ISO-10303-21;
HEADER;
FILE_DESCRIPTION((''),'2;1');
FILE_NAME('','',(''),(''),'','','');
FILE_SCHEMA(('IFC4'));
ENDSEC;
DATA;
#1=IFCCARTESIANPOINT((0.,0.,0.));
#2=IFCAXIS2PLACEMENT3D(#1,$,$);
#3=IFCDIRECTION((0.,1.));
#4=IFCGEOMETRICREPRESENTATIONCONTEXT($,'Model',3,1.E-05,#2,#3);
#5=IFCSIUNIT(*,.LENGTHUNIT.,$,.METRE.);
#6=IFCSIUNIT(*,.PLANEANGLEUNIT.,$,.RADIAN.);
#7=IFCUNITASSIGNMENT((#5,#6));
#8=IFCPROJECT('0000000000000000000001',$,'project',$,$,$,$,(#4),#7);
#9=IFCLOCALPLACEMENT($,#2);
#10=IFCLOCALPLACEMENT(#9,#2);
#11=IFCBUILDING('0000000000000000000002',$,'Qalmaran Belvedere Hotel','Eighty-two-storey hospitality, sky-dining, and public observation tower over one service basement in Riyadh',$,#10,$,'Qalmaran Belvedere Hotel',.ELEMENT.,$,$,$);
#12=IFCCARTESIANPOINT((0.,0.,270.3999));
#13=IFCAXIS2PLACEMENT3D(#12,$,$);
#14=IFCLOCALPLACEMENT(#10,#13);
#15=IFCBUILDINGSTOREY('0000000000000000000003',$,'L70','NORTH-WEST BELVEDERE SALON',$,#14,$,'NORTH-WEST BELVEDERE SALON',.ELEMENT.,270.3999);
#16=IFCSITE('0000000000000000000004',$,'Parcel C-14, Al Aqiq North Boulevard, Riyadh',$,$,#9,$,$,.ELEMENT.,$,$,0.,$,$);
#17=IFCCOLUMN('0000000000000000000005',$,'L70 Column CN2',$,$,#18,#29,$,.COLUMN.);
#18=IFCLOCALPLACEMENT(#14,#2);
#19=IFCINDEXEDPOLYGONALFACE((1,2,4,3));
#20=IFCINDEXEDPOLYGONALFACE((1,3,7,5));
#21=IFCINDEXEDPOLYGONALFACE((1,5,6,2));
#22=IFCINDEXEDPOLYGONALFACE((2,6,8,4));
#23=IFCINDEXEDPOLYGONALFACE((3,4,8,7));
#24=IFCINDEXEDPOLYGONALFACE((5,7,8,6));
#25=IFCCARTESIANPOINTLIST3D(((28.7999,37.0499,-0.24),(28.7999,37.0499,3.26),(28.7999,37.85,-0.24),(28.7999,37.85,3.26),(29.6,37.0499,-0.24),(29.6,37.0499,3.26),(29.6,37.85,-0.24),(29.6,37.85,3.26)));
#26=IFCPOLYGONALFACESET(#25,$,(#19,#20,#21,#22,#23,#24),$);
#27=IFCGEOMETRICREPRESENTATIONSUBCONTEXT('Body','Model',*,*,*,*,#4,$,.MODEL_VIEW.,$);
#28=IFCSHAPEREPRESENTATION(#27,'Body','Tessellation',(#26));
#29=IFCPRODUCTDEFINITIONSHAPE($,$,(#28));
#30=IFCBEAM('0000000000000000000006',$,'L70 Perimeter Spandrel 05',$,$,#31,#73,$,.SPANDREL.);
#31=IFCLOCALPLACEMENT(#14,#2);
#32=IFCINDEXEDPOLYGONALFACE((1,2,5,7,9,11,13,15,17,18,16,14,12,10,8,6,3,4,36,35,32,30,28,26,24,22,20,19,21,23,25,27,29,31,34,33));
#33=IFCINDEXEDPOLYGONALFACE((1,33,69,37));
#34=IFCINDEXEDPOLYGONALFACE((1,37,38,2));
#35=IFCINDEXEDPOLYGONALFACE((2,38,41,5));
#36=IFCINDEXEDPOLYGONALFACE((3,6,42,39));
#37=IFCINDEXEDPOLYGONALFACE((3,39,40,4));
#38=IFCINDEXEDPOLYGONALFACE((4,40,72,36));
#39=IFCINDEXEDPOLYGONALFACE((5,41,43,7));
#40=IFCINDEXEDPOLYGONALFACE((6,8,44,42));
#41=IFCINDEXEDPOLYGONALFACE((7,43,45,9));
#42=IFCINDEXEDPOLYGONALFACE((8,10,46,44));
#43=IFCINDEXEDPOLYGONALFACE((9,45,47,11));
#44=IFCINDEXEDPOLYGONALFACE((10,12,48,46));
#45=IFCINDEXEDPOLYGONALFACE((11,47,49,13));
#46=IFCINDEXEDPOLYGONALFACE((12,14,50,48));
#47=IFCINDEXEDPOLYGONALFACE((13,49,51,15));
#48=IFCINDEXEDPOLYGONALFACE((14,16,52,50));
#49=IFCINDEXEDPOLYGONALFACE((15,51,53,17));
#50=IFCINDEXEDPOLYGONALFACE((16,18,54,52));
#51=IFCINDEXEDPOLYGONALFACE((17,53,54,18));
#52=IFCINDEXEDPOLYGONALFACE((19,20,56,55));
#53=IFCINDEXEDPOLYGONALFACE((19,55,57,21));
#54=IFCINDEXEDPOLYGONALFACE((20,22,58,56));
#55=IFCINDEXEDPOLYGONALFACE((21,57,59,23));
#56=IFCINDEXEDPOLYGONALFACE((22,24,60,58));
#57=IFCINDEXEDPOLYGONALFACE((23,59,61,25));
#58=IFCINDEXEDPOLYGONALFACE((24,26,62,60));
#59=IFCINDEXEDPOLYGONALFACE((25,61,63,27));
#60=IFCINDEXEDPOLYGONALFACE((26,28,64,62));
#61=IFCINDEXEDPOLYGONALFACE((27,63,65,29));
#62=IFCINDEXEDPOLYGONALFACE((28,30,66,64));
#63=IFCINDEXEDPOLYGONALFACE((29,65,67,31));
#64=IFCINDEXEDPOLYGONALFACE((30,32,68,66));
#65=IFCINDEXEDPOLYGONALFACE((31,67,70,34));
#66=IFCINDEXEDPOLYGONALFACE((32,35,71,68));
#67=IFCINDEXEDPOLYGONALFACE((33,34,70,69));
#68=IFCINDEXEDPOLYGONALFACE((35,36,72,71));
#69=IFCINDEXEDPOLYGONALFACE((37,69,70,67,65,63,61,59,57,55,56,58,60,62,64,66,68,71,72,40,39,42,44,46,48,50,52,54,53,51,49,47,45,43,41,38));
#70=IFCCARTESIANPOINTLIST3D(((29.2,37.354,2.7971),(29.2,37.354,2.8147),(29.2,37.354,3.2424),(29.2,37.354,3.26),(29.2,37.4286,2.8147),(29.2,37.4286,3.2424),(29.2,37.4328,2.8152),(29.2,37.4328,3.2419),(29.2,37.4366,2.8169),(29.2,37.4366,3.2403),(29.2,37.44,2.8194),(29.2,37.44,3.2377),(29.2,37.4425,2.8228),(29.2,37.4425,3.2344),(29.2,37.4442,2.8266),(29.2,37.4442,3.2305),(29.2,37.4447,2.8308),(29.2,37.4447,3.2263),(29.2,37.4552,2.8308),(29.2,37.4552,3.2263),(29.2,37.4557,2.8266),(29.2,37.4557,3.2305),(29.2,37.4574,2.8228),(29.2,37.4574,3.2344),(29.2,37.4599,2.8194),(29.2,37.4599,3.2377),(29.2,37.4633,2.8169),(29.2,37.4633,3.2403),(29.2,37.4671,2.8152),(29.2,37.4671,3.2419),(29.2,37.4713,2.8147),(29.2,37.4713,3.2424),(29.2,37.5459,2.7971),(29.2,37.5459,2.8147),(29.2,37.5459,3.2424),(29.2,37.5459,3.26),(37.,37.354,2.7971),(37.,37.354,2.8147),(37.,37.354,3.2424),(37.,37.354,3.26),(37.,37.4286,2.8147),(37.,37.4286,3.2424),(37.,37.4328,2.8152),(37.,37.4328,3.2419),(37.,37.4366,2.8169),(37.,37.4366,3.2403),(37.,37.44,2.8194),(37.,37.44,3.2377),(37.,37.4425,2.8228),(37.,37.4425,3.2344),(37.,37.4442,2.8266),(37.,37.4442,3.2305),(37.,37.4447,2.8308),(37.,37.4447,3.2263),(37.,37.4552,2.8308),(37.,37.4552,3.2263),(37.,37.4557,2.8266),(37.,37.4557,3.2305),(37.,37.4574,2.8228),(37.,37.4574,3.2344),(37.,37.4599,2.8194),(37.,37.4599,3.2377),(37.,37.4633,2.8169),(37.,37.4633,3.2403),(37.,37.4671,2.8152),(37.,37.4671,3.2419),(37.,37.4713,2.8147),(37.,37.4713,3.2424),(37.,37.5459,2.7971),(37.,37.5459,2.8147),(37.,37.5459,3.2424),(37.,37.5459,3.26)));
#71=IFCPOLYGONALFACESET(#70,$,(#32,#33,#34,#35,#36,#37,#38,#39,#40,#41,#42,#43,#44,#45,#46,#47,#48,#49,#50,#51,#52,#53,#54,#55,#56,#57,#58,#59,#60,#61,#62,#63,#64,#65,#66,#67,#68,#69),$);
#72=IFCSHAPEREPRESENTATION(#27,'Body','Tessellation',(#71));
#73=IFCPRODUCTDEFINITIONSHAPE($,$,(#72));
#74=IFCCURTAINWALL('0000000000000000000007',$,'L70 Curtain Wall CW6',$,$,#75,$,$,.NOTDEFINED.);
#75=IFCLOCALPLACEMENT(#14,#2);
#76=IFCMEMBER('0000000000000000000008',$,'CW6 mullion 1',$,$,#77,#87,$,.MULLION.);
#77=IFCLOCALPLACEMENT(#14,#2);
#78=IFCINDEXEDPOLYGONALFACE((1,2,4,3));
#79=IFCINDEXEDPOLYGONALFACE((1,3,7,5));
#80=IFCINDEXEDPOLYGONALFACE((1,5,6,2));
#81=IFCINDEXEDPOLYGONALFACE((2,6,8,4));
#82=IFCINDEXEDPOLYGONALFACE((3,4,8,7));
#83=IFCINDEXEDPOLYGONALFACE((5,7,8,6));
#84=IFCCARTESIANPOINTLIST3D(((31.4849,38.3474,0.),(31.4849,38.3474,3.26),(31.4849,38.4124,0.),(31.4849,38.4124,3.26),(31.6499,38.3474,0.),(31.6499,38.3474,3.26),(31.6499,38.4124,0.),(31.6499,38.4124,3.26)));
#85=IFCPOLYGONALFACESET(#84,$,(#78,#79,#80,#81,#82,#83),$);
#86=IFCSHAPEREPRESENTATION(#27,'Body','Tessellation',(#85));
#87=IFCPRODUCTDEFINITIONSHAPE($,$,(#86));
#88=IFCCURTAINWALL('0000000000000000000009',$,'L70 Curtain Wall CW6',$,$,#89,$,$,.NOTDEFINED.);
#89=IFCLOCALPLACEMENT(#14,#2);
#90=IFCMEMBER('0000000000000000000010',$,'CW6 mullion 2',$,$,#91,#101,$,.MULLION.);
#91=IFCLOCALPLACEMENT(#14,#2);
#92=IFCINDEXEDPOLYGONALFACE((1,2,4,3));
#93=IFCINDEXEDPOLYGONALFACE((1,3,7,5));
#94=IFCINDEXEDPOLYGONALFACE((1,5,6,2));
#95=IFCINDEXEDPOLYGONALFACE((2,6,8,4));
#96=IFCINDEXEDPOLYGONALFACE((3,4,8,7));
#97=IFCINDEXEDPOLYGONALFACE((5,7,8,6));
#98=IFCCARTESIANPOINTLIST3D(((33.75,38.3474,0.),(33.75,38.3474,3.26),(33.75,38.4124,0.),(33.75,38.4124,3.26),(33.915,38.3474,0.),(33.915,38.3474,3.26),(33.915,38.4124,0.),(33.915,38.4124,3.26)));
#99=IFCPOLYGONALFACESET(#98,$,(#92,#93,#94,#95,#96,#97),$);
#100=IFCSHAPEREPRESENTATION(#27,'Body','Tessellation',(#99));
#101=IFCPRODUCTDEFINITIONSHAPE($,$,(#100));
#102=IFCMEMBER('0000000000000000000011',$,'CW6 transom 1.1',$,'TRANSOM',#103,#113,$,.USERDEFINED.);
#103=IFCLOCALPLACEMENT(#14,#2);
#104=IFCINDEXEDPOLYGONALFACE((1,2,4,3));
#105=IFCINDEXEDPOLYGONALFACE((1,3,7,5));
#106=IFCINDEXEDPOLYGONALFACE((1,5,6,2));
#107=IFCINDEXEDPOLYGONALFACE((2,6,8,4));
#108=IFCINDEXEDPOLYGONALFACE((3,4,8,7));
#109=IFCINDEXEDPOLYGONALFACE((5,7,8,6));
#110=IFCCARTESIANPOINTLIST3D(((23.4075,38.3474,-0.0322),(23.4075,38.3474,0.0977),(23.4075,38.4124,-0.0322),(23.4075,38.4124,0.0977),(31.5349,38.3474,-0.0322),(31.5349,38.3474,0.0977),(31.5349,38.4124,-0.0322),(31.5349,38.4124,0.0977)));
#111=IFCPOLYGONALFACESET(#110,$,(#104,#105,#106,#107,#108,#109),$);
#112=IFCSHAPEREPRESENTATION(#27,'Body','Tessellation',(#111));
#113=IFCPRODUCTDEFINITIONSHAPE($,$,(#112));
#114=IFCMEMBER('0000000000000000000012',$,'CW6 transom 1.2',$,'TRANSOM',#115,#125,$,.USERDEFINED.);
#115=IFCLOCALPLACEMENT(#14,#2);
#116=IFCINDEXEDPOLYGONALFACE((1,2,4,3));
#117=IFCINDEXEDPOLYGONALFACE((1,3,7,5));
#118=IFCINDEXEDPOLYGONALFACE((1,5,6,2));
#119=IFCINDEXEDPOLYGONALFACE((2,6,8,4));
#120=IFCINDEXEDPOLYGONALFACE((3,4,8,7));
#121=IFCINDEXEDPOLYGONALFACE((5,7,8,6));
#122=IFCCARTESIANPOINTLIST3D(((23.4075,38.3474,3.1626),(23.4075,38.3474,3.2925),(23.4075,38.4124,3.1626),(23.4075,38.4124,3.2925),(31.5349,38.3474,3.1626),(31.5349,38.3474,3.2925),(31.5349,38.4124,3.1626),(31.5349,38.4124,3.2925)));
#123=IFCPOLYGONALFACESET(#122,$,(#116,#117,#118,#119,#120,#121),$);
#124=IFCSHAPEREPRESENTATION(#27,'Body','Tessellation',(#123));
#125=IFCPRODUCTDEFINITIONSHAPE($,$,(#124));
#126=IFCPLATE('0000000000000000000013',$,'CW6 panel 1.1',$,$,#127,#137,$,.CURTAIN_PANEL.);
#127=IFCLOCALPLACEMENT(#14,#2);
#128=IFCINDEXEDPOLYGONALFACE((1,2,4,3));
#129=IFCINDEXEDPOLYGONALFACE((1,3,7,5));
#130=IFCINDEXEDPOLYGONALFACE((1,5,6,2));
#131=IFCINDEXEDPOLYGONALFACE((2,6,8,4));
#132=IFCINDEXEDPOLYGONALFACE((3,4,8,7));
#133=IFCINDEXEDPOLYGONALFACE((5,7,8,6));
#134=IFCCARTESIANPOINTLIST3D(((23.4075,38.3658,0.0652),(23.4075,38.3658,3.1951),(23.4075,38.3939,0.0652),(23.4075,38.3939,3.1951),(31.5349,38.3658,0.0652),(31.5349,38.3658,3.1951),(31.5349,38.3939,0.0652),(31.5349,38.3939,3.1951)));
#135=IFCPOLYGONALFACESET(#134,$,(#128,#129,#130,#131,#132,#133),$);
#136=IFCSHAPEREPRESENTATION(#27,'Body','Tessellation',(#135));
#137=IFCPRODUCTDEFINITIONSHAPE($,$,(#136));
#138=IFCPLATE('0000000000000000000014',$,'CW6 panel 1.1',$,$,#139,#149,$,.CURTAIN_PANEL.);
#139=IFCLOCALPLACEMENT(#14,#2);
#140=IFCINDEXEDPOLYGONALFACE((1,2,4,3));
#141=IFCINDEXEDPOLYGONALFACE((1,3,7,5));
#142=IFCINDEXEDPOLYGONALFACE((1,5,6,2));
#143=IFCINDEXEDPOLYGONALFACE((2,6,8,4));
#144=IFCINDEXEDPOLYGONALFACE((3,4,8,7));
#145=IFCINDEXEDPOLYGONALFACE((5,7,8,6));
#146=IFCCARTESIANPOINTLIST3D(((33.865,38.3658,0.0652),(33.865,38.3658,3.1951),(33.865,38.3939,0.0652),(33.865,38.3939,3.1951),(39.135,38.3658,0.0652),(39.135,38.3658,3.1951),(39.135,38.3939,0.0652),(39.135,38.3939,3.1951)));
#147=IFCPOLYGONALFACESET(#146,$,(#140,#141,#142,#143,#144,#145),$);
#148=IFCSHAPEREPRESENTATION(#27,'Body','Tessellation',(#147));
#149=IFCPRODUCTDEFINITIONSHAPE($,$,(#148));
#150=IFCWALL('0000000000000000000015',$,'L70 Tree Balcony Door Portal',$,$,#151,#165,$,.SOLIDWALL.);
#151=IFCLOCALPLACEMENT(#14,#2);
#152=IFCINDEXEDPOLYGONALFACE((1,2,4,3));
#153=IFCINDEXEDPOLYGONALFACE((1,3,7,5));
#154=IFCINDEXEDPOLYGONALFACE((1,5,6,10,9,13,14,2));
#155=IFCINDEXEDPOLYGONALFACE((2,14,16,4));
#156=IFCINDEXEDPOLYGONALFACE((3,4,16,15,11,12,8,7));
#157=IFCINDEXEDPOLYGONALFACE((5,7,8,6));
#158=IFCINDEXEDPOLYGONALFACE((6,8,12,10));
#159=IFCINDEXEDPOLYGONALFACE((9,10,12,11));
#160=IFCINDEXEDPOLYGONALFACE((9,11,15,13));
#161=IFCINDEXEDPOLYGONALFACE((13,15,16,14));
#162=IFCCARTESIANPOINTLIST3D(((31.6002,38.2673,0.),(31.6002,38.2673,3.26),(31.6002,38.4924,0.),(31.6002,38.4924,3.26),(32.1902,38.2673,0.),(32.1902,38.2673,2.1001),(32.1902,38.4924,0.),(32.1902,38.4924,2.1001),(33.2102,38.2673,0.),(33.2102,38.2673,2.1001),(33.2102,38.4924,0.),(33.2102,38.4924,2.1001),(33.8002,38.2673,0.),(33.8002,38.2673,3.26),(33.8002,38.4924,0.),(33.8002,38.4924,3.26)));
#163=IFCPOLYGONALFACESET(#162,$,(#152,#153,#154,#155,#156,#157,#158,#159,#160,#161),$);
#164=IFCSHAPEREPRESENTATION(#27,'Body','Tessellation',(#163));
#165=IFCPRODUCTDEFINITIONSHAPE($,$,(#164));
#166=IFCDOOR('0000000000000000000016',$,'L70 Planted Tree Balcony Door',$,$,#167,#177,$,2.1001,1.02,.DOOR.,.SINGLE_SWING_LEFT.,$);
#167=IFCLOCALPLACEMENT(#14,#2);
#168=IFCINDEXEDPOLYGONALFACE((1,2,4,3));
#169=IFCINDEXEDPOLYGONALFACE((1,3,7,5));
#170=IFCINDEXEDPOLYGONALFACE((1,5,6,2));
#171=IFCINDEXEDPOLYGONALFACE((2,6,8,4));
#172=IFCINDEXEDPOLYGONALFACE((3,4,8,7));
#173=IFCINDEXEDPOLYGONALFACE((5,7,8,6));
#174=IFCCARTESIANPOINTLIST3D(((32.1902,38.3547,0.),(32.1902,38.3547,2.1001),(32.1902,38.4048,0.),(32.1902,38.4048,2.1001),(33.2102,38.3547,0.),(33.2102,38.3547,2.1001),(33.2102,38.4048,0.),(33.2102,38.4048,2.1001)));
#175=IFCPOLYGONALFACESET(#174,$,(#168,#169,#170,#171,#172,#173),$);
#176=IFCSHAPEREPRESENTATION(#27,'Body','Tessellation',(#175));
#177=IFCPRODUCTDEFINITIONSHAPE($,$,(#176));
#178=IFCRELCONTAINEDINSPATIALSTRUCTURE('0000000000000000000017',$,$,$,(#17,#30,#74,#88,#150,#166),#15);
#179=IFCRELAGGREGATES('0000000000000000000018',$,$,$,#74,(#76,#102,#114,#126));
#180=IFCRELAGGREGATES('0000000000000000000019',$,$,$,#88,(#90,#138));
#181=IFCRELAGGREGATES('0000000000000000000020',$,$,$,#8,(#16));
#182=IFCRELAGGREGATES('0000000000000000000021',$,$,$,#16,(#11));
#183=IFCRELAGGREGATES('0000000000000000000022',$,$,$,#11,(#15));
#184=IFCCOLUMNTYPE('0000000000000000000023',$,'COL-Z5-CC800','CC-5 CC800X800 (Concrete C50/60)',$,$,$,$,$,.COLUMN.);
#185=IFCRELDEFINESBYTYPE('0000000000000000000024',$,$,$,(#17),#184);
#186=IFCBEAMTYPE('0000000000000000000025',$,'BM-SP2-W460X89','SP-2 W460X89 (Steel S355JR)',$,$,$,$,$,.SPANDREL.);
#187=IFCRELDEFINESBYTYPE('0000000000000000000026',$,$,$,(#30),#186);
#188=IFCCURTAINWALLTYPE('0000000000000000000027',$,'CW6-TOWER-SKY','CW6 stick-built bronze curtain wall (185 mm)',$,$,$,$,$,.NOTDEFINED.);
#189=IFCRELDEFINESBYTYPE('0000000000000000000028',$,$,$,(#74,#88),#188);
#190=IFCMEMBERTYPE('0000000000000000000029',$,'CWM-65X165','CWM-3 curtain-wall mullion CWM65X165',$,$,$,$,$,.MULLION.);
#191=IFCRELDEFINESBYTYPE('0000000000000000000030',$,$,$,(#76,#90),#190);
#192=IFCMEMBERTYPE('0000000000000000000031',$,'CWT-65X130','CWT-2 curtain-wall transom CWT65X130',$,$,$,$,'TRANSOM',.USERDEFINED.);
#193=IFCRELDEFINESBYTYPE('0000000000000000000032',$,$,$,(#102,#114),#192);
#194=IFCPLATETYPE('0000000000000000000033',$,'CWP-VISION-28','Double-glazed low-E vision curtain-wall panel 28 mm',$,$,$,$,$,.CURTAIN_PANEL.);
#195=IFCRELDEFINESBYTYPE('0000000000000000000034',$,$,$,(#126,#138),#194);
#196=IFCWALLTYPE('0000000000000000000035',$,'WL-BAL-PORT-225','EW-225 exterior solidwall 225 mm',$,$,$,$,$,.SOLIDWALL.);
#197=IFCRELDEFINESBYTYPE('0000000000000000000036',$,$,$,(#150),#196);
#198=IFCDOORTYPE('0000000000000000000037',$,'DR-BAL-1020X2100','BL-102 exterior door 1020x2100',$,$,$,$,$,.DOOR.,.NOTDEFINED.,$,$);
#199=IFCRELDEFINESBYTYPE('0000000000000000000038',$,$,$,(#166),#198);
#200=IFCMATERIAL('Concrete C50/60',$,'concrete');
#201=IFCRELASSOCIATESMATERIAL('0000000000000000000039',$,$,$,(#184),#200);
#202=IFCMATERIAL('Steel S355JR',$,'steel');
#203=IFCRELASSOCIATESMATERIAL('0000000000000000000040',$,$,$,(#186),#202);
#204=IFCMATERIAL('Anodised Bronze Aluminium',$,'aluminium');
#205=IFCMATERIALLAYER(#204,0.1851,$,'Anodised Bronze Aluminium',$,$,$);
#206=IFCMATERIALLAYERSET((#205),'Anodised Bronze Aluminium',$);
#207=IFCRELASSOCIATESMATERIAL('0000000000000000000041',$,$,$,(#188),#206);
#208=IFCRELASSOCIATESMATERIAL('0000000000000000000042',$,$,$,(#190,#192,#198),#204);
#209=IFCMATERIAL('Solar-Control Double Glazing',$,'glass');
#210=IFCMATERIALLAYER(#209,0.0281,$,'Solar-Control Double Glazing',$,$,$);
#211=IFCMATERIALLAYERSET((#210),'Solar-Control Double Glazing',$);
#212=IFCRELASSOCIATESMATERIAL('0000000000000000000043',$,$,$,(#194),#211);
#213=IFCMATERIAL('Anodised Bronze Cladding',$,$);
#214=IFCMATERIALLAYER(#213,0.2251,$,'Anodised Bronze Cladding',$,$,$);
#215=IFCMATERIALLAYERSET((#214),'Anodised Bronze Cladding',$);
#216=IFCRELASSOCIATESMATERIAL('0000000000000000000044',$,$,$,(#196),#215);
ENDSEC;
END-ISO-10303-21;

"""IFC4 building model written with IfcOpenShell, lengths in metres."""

from ifc_helpers import new_model, si_unit, direction, frame, frame_2d, origin, origin_2d, place, context, subcontext, project, spatial, rectangle, i_section, extrude, material, layer, layer_set, material_profile, profile_set, type_object, element, fill, aggregate, save


model = new_model("IFC4")

# Units and contexts
model_context = context("Model", 3, precision=1e-05, world=origin(), true_north=direction((0.0, 1.0)))
body_context = subcontext(model_context, "Body", "Model", "MODEL_VIEW")
ifc_project = project(units=[si_unit("LENGTHUNIT", "METRE"), si_unit("PLANEANGLEUNIT", "RADIAN")], contexts=[model_context])

# Site, building, storey
site_placement = place(None, origin())
site = spatial("IfcSite", under=ifc_project, at=site_placement, Name="Parcel C-14, Al Aqiq North Boulevard, Riyadh", CompositionType="ELEMENT", RefElevation=0.0)
building_placement = place(site_placement, origin())
building = spatial("IfcBuilding", under=site, at=building_placement, Name="Qalmaran Belvedere Hotel", Description="Eighty-two-storey hospitality, sky-dining, and public observation tower over one service basement in Riyadh", LongName="Qalmaran Belvedere Hotel", CompositionType="ELEMENT")
storey_placement = place(building_placement, frame((0.0, 0.0, 270.3999)))
storey = spatial("IfcBuildingStorey", under=building, at=storey_placement, Name="L70", Description="NORTH-WEST BELVEDERE SALON", LongName="NORTH-WEST BELVEDERE SALON", CompositionType="ELEMENT", Elevation=270.3999)

# Column
ifc_material_1 = material(Name="Concrete C50/60", Category="concrete")
ifc_material_profile_1 = material_profile(ifc_material_1, rectangle(XDim=0.8, YDim=0.8, at=origin_2d()), Name="CC800X800")
ifc_profile_set_1 = profile_set([ifc_material_profile_1], Name="Concrete C50/60")
column_type = type_object("IfcColumnType", Name="COL-Z5-CC800", Description="CC-5 CC800X800 (Concrete C50/60)", PredefinedType="COLUMN", material=ifc_profile_set_1)
column_placement = place(storey_placement, frame((29.2, 37.45, -0.24), z_axis=(0.0, 0.0, 1.0), x_axis=(1.0, 0.0, 0.0)))
element("IfcColumn", 1, at=column_placement, inside=storey, type_object=column_type, Name="L70 Column CN2", PredefinedType="COLUMN", context=body_context, shape_type="SweptSolid", body=[
    extrude(rectangle(XDim=0.8, YDim=0.8, at=origin_2d()), origin(), (0.0, 0.0, 1.0), 3.5),
])

# Beam
ifc_material_2 = material(Name="Steel S355JR", Category="steel")
ifc_material_profile_2 = material_profile(ifc_material_2, i_section(OverallWidth=0.1919, OverallDepth=0.4629, WebThickness=0.0105, FlangeThickness=0.0176, FilletRadius=0.0161, at=origin_2d()), Name="W460X89")
ifc_profile_set_2 = profile_set([ifc_material_profile_2], Name="Steel S355JR")
beam_type = type_object("IfcBeamType", Name="BM-SP2-W460X89", Description="SP-2 W460X89 (Steel S355JR)", PredefinedType="SPANDREL", material=ifc_profile_set_2)
beam_placement = place(storey_placement, frame((29.2, 37.45, 3.0286), z_axis=(1.0, 0.0, 0.0), x_axis=(0.0, 1.0, 0.0)))
element("IfcBeam", 2, at=beam_placement, inside=storey, type_object=beam_type, Name="L70 Perimeter Spandrel 05", PredefinedType="SPANDREL", context=body_context, shape_type="SweptSolid", body=[
    extrude(i_section(OverallWidth=0.1919, OverallDepth=0.4629, WebThickness=0.0105, FlangeThickness=0.0176, FilletRadius=0.0161, at=origin_2d()), origin(), (0.0, 0.0, 1.0), 7.8),
])

# Curtain walls, members
ifc_material_3 = material(Name="Anodised Bronze Aluminium", Category="aluminium")
ifc_layer_1 = layer(ifc_material_3, 0.1851, Name="Anodised Bronze Aluminium")
ifc_layer_set_1 = layer_set([ifc_layer_1], Name="Anodised Bronze Aluminium")
curtain_wall_type = type_object("IfcCurtainWallType", Name="CW6-TOWER-SKY", Description="CW6 stick-built bronze curtain wall (185 mm)", PredefinedType="NOTDEFINED", material=ifc_layer_set_1)
curtain_wall_1_placement = place(storey_placement, origin())
curtain_wall_1 = element("IfcCurtainWall", 3, at=curtain_wall_1_placement, inside=storey, type_object=curtain_wall_type, Name="L70 Curtain Wall CW6", PredefinedType="NOTDEFINED")
ifc_material_profile_3 = material_profile(ifc_material_3, rectangle(XDim=0.0649, YDim=0.165, at=origin_2d()), Name="CWM65X165")
ifc_profile_set_3 = profile_set([ifc_material_profile_3], Name="Anodised Bronze Aluminium")
member_type_1 = type_object("IfcMemberType", Name="CWM-65X165", Description="CWM-3 curtain-wall mullion CWM65X165", PredefinedType="MULLION", material=ifc_profile_set_3)
member_1_placement = place(storey_placement, frame((31.5674, 38.3799, 0.0), z_axis=(0.0, 0.0, 1.0), x_axis=(0.0, -1.0, 0.0)))
member_1 = element("IfcMember", 4, at=member_1_placement, type_object=member_type_1, Name="CW6 mullion 1", PredefinedType="MULLION", context=body_context, shape_type="SweptSolid", body=[
    extrude(rectangle(XDim=0.0649, YDim=0.165, at=origin_2d()), origin(), (0.0, 0.0, 1.0), 3.26),
])
curtain_wall_2_placement = place(storey_placement, origin())
curtain_wall_2 = element("IfcCurtainWall", 5, at=curtain_wall_2_placement, inside=storey, type_object=curtain_wall_type, Name="L70 Curtain Wall CW6", PredefinedType="NOTDEFINED")
member_2_placement = place(storey_placement, frame((33.8325, 38.3799, 0.0), z_axis=(0.0, 0.0, 1.0), x_axis=(0.0, -1.0, 0.0)))
member_2 = element("IfcMember", 6, at=member_2_placement, type_object=member_type_1, Name="CW6 mullion 2", PredefinedType="MULLION", context=body_context, shape_type="SweptSolid", body=[
    extrude(rectangle(XDim=0.0649, YDim=0.165, at=origin_2d()), origin(), (0.0, 0.0, 1.0), 3.26),
])

# Members
ifc_material_profile_4 = material_profile(ifc_material_3, rectangle(XDim=0.0649, YDim=0.1299, at=origin_2d()), Name="CWT65X130")
ifc_profile_set_4 = profile_set([ifc_material_profile_4], Name="Anodised Bronze Aluminium")
member_type_2 = type_object("IfcMemberType", Name="CWT-65X130", Description="CWT-2 curtain-wall transom CWT65X130", ElementType="TRANSOM", PredefinedType="USERDEFINED", material=ifc_profile_set_4)
member_3_placement = place(storey_placement, frame((31.5349, 38.3799, 0.0327), z_axis=(-1.0, 0.0, 0.0), x_axis=(0.0, -1.0, 0.0)))
member_3 = element("IfcMember", 7, at=member_3_placement, type_object=member_type_2, Name="CW6 transom 1.1", ObjectType="TRANSOM", PredefinedType="USERDEFINED", context=body_context, shape_type="SweptSolid", body=[
    extrude(rectangle(XDim=0.0649, YDim=0.1299, at=origin_2d()), origin(), (0.0, 0.0, 1.0), 8.1274),
])
member_4_placement = place(storey_placement, frame((31.5349, 38.3799, 3.2275), z_axis=(-1.0, 0.0, 0.0), x_axis=(0.0, -1.0, 0.0)))
member_4 = element("IfcMember", 8, at=member_4_placement, type_object=member_type_2, Name="CW6 transom 1.2", ObjectType="TRANSOM", PredefinedType="USERDEFINED", context=body_context, shape_type="SweptSolid", body=[
    extrude(rectangle(XDim=0.0649, YDim=0.1299, at=origin_2d()), origin(), (0.0, 0.0, 1.0), 8.1274),
])

# Plates
ifc_material_4 = material(Name="Solar-Control Double Glazing", Category="glass")
ifc_layer_2 = layer(ifc_material_4, 0.0281, Name="Solar-Control Double Glazing")
ifc_layer_set_2 = layer_set([ifc_layer_2], Name="Solar-Control Double Glazing")
plate_type = type_object("IfcPlateType", Name="CWP-VISION-28", Description="Double-glazed low-E vision curtain-wall panel 28 mm", PredefinedType="CURTAIN_PANEL", material=ifc_layer_set_2)
plate_1_placement = place(storey_placement, frame((27.4712, 38.3799, 0.0652), z_axis=(0.0, 0.0, 1.0), x_axis=(-1.0, 0.0, 0.0)))
plate_1 = element("IfcPlate", 9, at=plate_1_placement, type_object=plate_type, Name="CW6 panel 1.1", PredefinedType="CURTAIN_PANEL", context=body_context, shape_type="SweptSolid", body=[
    extrude(rectangle(XDim=8.1274, YDim=0.0281, at=origin_2d()), origin(), (0.0, 0.0, 1.0), 3.1299),
])
aggregate(curtain_wall_1, [member_1, member_3, member_4, plate_1])
plate_2_placement = place(storey_placement, frame((36.5, 38.3799, 0.0652), z_axis=(0.0, 0.0, 1.0), x_axis=(-1.0, 0.0, 0.0)))
plate_2 = element("IfcPlate", 10, at=plate_2_placement, type_object=plate_type, Name="CW6 panel 1.1", PredefinedType="CURTAIN_PANEL", context=body_context, shape_type="SweptSolid", body=[
    extrude(rectangle(XDim=5.27, YDim=0.0281, at=origin_2d()), origin(), (0.0, 0.0, 1.0), 3.1299),
])
aggregate(curtain_wall_2, [member_2, plate_2])

# Wall, opening, door
ifc_material_5 = material(Name="Anodised Bronze Cladding")
ifc_layer_3 = layer(ifc_material_5, 0.2251, Name="Anodised Bronze Cladding")
ifc_layer_set_3 = layer_set([ifc_layer_3], Name="Anodised Bronze Cladding")
wall_type_1 = type_object("IfcWallType", Name="WL-BAL-PORT-225", Description="EW-225 exterior solidwall 225 mm", PredefinedType="SOLIDWALL", material=ifc_layer_set_3)
wall_1_placement = place(storey_placement, frame((31.6001, 38.3799, 0.0), z_axis=(0.0, 0.0, 1.0), x_axis=(1.0, 0.0, 0.0)))
wall_1 = element("IfcWall", 11, at=wall_1_placement, inside=storey, type_object=wall_type_1, Name="L70 Tree Balcony Door Portal", PredefinedType="SOLIDWALL", context=body_context, shape_type="SweptSolid", body=[
    extrude(rectangle(XDim=2.2, YDim=0.2251, at=frame_2d((1.1001, 0.0))), origin(), (0.0, 0.0, 1.0), 3.26),
])
opening_1_placement = place(wall_1_placement, frame((0.5901, 0.0, 0.0)))
opening_1 = element("IfcOpeningElement", 12, at=opening_1_placement, cuts=wall_1, PredefinedType="OPENING", context=body_context, shape_type="SweptSolid", body=[
    extrude(rectangle(XDim=1.02, YDim=2.1001, at=frame_2d((0.51, 1.05))), frame((0.0, 0.1226, 0.0), z_axis=(0.0, -1.0, 0.0), x_axis=(1.0, 0.0, 0.0)), (0.0, 0.0, 1.0), 0.2451),
])
door_type_1 = type_object("IfcDoorType", Name="DR-BAL-1020X2100", Description="BL-102 exterior door 1020x2100", OperationType="NOTDEFINED", PredefinedType="DOOR", material=ifc_material_3)
door_1_placement = place(opening_1_placement, origin())
door_1 = element("IfcDoor", 13, at=door_1_placement, inside=storey, type_object=door_type_1, Name="L70 Planted Tree Balcony Door", OperationType="SINGLE_SWING_LEFT", OverallHeight=2.1001, OverallWidth=1.02, PredefinedType="DOOR", context=body_context, shape_type="SweptSolid", body=[
    extrude(rectangle(XDim=1.02, YDim=2.1001, at=frame_2d((0.51, 1.05))), frame((0.0, 0.0249, 0.0), z_axis=(0.0, -1.0, 0.0), x_axis=(1.0, 0.0, 0.0)), (0.0, 0.0, 1.0), 0.05),
])
fill(opening_1, door_1)

save(model, "model.ifc")
